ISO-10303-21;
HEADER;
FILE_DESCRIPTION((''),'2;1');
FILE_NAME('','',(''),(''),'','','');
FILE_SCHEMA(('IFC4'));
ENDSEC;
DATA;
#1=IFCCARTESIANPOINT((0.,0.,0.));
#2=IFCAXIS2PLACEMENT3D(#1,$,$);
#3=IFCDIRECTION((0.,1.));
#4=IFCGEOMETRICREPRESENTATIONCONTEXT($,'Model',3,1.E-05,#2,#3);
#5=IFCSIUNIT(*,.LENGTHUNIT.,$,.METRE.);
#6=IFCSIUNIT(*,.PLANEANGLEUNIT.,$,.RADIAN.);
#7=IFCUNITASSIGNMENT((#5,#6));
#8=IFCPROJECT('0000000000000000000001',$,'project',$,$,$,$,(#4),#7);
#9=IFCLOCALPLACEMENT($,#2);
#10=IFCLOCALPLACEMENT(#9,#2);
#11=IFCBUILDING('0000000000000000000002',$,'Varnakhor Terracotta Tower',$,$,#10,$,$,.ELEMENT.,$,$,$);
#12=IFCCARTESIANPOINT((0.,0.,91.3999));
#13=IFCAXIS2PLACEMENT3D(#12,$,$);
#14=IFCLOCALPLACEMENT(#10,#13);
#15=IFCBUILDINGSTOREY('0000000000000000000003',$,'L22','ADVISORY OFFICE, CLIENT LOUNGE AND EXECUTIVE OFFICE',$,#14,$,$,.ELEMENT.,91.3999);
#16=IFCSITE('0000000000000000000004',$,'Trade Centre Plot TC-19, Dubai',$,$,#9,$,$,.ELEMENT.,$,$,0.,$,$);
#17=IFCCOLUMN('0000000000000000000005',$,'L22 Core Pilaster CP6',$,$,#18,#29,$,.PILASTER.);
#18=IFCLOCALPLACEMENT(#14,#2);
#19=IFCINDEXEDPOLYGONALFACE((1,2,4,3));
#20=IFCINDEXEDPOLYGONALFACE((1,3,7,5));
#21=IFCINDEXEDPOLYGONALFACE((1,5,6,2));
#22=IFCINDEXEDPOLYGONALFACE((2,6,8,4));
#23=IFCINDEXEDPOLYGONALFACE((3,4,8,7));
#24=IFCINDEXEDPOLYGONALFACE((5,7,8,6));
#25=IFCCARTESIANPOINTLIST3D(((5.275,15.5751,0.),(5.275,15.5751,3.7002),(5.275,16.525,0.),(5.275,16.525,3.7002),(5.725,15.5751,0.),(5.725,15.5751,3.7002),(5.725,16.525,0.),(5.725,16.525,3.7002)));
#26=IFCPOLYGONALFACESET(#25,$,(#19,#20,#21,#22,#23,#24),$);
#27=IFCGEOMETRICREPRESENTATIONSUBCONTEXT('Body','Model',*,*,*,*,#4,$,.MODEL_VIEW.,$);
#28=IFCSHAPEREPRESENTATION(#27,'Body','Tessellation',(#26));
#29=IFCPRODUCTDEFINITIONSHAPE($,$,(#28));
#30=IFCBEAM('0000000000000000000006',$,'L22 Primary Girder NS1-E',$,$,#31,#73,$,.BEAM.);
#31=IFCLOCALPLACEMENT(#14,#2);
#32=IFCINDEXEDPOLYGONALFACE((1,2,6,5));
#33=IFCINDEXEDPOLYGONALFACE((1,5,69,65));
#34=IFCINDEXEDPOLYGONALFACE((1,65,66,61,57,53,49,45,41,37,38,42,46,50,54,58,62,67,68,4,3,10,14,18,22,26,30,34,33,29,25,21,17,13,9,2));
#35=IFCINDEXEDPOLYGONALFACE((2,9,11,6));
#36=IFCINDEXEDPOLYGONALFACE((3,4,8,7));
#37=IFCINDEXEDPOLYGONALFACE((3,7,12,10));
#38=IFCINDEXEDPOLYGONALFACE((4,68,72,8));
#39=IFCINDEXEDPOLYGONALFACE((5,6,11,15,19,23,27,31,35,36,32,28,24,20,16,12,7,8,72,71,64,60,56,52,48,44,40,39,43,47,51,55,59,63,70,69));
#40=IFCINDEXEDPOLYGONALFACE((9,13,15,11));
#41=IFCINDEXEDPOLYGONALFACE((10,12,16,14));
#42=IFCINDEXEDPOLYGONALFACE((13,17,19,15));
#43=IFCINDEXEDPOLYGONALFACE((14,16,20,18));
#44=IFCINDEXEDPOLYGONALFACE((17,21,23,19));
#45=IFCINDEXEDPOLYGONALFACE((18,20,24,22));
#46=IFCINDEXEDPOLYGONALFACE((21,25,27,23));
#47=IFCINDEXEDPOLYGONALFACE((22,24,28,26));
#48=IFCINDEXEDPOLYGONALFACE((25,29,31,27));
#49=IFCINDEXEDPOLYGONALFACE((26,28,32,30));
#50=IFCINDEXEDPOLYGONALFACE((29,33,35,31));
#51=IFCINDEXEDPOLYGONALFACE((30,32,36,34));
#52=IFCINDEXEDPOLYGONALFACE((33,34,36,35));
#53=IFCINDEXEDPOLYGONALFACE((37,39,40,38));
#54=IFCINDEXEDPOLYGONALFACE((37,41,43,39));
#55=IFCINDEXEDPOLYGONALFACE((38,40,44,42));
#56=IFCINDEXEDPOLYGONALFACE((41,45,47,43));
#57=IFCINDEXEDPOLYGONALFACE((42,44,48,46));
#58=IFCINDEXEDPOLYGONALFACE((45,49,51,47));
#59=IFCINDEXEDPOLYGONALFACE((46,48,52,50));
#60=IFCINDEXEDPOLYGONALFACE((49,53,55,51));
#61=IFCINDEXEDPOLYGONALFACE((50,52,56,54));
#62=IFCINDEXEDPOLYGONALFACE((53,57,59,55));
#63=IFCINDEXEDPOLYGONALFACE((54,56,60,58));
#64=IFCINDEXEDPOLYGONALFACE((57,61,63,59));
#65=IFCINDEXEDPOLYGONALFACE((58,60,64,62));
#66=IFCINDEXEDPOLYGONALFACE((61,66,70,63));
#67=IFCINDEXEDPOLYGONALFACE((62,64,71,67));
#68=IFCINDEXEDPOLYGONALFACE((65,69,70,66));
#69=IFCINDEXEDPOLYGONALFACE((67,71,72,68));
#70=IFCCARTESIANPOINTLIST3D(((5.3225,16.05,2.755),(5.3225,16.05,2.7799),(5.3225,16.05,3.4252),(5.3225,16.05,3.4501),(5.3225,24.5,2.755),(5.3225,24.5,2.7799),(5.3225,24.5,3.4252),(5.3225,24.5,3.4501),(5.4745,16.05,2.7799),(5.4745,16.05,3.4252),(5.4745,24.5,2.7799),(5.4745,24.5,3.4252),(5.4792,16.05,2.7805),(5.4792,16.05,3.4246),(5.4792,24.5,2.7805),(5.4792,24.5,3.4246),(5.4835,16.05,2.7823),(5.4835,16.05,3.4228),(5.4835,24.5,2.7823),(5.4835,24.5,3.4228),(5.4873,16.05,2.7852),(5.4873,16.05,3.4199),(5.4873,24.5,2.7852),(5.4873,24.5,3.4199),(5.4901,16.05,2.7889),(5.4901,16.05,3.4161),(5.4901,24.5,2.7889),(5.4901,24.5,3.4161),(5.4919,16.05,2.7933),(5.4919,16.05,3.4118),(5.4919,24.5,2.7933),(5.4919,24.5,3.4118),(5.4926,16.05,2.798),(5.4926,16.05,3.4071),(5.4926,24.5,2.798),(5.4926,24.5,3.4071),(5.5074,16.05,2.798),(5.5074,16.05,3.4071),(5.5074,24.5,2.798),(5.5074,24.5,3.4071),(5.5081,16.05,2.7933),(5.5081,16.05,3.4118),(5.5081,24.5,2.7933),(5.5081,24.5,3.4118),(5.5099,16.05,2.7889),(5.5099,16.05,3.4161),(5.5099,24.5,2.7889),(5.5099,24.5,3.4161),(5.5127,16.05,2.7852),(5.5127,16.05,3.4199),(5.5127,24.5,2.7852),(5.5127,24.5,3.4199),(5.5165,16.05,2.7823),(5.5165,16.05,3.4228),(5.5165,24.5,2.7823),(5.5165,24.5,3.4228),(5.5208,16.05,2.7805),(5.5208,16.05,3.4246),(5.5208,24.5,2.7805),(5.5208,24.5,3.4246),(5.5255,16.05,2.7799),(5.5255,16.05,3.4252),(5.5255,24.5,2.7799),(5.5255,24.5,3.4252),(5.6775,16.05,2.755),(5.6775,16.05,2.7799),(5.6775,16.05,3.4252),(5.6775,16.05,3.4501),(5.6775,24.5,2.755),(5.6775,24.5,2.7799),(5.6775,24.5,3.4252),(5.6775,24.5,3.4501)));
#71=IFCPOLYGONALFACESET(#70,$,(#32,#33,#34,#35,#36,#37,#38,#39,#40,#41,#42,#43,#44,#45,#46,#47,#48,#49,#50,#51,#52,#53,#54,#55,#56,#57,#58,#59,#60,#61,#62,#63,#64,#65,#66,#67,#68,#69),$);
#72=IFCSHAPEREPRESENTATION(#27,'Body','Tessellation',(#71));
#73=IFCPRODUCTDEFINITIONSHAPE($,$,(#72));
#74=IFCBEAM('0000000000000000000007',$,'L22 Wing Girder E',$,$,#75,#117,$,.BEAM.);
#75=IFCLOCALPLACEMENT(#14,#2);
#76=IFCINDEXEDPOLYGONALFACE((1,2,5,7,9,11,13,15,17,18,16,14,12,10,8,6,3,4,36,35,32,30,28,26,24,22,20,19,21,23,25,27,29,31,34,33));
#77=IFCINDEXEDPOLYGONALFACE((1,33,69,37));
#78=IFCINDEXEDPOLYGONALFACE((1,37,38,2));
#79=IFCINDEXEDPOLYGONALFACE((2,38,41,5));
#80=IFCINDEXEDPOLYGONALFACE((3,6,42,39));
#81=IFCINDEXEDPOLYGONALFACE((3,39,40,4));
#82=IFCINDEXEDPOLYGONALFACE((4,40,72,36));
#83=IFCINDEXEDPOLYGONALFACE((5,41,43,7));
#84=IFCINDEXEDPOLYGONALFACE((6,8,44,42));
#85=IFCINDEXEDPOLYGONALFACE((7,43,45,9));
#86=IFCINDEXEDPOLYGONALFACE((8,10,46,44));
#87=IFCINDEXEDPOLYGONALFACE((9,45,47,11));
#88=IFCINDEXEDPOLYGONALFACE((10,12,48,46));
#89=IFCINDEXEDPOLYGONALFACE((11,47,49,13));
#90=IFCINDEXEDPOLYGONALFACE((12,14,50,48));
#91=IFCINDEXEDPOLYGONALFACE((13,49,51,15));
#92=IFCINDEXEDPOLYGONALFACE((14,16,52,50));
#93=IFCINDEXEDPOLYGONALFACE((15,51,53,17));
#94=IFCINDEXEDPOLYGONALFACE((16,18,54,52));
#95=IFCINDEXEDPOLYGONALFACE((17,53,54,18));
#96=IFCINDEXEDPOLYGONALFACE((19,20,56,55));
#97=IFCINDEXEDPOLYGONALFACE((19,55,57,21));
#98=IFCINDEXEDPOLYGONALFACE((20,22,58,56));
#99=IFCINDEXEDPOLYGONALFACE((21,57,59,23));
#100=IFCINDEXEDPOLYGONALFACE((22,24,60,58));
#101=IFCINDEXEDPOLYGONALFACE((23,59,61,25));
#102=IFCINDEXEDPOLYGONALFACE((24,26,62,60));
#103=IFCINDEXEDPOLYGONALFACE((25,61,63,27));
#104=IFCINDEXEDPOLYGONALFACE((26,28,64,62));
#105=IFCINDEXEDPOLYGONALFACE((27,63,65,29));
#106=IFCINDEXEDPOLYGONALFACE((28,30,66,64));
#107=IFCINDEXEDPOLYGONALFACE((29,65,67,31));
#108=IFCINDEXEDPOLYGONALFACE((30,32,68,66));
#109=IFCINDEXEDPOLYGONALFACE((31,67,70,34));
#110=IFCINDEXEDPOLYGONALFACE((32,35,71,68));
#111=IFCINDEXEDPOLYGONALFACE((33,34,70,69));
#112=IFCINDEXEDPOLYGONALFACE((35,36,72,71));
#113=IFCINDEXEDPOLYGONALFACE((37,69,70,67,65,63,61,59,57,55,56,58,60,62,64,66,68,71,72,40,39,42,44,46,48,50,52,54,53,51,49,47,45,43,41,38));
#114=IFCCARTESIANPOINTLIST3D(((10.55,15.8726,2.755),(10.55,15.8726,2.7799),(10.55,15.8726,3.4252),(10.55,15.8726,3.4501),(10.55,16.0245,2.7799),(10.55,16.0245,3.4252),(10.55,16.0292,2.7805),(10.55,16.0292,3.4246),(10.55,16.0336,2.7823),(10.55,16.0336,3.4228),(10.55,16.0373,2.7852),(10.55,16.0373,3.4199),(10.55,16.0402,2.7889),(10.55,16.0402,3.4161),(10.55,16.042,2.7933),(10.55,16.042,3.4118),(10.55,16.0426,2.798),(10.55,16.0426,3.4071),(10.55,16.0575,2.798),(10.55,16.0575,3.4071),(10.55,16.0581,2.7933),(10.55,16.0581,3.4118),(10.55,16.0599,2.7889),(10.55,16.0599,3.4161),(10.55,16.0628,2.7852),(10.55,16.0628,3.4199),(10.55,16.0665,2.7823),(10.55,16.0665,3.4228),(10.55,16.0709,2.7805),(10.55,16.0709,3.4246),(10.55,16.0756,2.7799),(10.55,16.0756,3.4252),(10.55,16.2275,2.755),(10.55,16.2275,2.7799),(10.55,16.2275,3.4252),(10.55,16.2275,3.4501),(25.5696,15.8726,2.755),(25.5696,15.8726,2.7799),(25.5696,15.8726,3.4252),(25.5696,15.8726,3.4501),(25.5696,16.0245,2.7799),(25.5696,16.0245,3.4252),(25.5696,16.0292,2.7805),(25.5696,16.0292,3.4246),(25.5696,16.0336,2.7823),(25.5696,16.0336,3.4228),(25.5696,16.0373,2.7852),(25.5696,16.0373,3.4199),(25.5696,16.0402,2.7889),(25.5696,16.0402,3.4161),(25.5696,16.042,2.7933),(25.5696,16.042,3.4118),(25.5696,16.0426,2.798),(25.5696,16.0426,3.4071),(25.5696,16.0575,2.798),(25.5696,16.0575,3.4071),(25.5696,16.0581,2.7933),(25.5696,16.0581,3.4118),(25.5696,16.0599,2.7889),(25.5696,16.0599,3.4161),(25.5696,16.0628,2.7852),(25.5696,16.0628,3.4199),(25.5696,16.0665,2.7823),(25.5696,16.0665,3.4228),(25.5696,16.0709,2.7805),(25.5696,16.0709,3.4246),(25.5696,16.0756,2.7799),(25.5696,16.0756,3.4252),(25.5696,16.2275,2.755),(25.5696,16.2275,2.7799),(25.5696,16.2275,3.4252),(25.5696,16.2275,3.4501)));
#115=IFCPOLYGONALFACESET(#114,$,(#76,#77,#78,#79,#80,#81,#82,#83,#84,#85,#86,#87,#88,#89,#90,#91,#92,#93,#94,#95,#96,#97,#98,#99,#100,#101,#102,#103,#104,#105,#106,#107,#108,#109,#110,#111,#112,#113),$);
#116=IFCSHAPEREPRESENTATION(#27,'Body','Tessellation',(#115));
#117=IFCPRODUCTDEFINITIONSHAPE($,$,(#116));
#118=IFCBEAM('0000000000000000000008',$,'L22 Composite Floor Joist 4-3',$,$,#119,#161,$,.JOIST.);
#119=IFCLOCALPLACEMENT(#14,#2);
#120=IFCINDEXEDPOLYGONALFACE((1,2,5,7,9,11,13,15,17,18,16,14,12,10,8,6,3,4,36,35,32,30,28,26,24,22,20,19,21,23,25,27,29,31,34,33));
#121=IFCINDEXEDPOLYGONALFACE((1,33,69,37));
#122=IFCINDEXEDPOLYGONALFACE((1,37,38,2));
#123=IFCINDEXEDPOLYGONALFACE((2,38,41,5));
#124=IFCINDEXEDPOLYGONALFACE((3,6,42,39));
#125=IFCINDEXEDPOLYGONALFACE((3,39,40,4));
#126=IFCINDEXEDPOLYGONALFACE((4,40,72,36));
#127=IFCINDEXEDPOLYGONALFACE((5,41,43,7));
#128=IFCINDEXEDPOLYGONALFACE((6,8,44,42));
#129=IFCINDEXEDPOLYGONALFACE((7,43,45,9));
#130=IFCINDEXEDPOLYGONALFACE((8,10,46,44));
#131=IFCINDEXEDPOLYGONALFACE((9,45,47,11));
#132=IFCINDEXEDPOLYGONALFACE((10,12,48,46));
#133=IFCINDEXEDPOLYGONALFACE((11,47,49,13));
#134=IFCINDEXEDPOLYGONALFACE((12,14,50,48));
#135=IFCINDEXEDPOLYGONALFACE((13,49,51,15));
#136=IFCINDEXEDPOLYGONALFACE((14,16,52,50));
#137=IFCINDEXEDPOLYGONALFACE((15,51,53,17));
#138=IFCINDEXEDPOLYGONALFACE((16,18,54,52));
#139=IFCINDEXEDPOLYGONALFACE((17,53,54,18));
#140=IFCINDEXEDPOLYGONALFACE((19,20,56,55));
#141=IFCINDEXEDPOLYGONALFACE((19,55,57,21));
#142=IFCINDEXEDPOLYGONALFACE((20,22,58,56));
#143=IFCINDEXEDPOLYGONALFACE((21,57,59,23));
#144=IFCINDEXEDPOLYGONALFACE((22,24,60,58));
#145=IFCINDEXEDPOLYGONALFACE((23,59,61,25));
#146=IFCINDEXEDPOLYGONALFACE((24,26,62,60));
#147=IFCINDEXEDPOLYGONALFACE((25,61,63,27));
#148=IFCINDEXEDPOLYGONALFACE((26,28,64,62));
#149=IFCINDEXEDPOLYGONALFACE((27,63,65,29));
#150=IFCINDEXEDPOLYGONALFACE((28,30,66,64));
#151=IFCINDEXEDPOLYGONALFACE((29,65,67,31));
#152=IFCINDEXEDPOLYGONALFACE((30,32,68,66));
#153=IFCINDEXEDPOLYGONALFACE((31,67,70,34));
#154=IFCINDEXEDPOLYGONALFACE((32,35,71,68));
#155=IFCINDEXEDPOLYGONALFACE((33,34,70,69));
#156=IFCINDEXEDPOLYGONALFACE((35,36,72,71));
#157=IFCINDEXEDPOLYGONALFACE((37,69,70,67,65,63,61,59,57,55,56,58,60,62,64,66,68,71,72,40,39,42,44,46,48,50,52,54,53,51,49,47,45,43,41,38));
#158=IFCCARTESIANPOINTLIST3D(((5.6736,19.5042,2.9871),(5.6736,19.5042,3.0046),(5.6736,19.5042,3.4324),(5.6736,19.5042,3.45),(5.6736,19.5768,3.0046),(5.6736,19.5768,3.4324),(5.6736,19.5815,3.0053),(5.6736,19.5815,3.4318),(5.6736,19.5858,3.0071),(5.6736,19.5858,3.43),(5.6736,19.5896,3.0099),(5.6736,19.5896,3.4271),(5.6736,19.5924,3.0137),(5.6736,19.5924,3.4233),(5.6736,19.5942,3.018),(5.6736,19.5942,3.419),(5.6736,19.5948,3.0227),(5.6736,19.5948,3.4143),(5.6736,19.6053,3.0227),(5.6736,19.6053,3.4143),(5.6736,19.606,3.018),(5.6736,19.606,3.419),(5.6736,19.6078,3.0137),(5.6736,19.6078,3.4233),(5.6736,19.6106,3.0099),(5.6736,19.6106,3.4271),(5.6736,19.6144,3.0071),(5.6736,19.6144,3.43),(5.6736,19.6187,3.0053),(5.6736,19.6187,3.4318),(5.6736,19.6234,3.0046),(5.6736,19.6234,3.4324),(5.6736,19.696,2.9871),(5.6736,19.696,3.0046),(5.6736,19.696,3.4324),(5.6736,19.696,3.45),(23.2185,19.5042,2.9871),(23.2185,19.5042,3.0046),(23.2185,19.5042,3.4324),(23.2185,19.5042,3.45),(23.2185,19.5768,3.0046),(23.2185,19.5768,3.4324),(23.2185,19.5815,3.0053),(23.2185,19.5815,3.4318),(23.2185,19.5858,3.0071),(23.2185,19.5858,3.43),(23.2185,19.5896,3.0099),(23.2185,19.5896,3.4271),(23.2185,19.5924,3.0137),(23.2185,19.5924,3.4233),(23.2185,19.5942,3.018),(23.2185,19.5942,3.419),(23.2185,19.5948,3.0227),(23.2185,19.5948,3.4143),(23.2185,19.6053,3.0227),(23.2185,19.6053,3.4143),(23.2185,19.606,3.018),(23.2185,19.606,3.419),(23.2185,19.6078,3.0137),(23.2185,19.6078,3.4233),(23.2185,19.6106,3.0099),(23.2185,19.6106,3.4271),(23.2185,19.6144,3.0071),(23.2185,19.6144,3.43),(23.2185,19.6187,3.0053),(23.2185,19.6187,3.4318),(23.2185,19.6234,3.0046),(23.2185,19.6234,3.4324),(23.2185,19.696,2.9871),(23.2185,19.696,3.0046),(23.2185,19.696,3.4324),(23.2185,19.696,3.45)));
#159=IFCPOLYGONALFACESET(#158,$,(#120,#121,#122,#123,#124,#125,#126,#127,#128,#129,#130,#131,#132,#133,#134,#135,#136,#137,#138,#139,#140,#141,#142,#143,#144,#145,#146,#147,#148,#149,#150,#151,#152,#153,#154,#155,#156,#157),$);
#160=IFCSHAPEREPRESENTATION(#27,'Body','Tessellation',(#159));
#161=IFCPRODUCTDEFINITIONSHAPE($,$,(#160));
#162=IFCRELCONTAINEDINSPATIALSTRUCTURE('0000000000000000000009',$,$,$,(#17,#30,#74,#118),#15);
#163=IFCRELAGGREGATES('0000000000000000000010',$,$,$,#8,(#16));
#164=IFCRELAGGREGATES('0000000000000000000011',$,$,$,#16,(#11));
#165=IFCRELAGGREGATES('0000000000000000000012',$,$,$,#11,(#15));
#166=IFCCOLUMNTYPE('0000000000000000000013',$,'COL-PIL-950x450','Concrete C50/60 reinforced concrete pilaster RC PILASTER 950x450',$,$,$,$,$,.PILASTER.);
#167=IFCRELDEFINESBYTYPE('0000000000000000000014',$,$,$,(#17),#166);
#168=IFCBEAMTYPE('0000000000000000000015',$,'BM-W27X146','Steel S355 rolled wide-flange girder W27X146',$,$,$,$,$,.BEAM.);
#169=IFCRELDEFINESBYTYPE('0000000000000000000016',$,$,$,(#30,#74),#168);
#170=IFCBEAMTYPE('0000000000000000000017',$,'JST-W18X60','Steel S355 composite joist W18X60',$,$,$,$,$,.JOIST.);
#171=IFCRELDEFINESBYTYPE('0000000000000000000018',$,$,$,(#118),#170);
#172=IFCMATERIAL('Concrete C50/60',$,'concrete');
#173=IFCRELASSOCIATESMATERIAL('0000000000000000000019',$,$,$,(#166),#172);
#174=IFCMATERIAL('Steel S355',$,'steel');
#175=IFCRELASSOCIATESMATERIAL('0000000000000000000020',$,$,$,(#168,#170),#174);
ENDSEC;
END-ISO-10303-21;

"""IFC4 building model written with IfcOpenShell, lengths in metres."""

from ifc_helpers import new_model, si_unit, direction, frame, origin, origin_2d, place, context, subcontext, project, spatial, rectangle, i_section, extrude, source, transform, mapped, material, material_profile, profile_set, type_object, type_shapes, element, save


model = new_model("IFC4")

# Units and contexts
model_context = context("Model", 3, precision=1e-05, world=origin(), true_north=direction((0.0, 1.0)))
body_context = subcontext(model_context, "Body", "Model", "MODEL_VIEW")
ifc_project = project(units=[si_unit("LENGTHUNIT", "METRE"), si_unit("PLANEANGLEUNIT", "RADIAN")], contexts=[model_context])

# Site, building, storey
site_placement = place(None, origin())
site = spatial("IfcSite", under=ifc_project, at=site_placement, Name="Trade Centre Plot TC-19, Dubai", CompositionType="ELEMENT", RefElevation=0.0)
building_placement = place(site_placement, origin())
building = spatial("IfcBuilding", under=site, at=building_placement, Name="Varnakhor Terracotta Tower", CompositionType="ELEMENT")
storey_placement = place(building_placement, frame((0.0, 0.0, 91.3999)))
storey = spatial("IfcBuildingStorey", under=building, at=storey_placement, Name="L22", Description="ADVISORY OFFICE, CLIENT LOUNGE AND EXECUTIVE OFFICE", CompositionType="ELEMENT", Elevation=91.3999)

# Column
ifc_material_1 = material(Name="Concrete C50/60", Category="concrete")
ifc_material_profile_1 = material_profile(ifc_material_1, rectangle(XDim=0.45, YDim=0.95, at=origin_2d()), Name="RC PILASTER 950x450")
ifc_profile_set_1 = profile_set([ifc_material_profile_1], Name="Concrete C50/60")
column_type = type_object("IfcColumnType", Name="COL-PIL-950x450", Description="Concrete C50/60 reinforced concrete pilaster RC PILASTER 950x450", PredefinedType="PILASTER", material=ifc_profile_set_1)
shared_shape_1 = source(origin(), body_context, "Body", "SweptSolid", [
    extrude(rectangle(XDim=0.45, YDim=0.95, at=origin_2d()), origin(), (0.0, 0.0, 1.0), 3.7002),
])
column_placement = place(storey_placement, frame((5.5, 16.05, 0.0), z_axis=(0.0, 0.0, 1.0), x_axis=(1.0, 0.0, 0.0)))
element("IfcColumn", 1, at=column_placement, inside=storey, type_object=column_type, Name="L22 Core Pilaster CP6", PredefinedType="PILASTER", context=body_context, shape_type="MappedRepresentation", body=[
    mapped(shared_shape_1, transform((0.0, 0.0, 0.0), scale=1.0)),
])

# Beams
ifc_material_2 = material(Name="Steel S355", Category="steel")
ifc_material_profile_2 = material_profile(ifc_material_2, i_section(OverallWidth=0.355, OverallDepth=0.6951, WebThickness=0.0149, FlangeThickness=0.0249, FilletRadius=0.0181, at=origin_2d()), Name="W27X146")
ifc_profile_set_2 = profile_set([ifc_material_profile_2], Name="Steel S355")
beam_type_1 = type_object("IfcBeamType", Name="BM-W27X146", Description="Steel S355 rolled wide-flange girder W27X146", PredefinedType="BEAM", material=ifc_profile_set_2)
shared_shape_2 = source(origin(), body_context, "Body", "SweptSolid", [
    extrude(i_section(OverallWidth=0.355, OverallDepth=0.6951, WebThickness=0.0149, FlangeThickness=0.0249, FilletRadius=0.0181, at=origin_2d()), origin(), (0.0, 0.0, 1.0), 8.45),
])
type_shapes(beam_type_1, [shared_shape_2])
beam_1_placement = place(storey_placement, frame((5.5, 16.05, 3.1025), z_axis=(0.0, 1.0, 0.0), x_axis=(-1.0, 0.0, 0.0)))
element("IfcBeam", 2, at=beam_1_placement, inside=storey, type_object=beam_type_1, Name="L22 Primary Girder NS1-E", PredefinedType="BEAM", context=body_context, shape_type="MappedRepresentation", body=[
    mapped(shared_shape_2, transform((0.0, 0.0, 0.0), scale=1.0)),
])
shared_shape_3 = source(origin(), body_context, "Body", "SweptSolid", [
    extrude(i_section(OverallWidth=0.355, OverallDepth=0.6951, WebThickness=0.0149, FlangeThickness=0.0249, FilletRadius=0.0181, at=origin_2d()), origin(), (0.0, 0.0, 1.0), 15.0195),
])
beam_2_placement = place(storey_placement, frame((10.55, 16.05, 3.1025), z_axis=(1.0, 0.0, 0.0), x_axis=(0.0, 1.0, 0.0)))
element("IfcBeam", 3, at=beam_2_placement, inside=storey, type_object=beam_type_1, Name="L22 Wing Girder E", PredefinedType="BEAM", context=body_context, shape_type="MappedRepresentation", body=[
    mapped(shared_shape_3, transform((0.0, 0.0, 0.0), scale=1.0)),
])
ifc_material_profile_3 = material_profile(ifc_material_2, i_section(OverallWidth=0.1919, OverallDepth=0.4629, WebThickness=0.0105, FlangeThickness=0.0176, FilletRadius=0.0181, at=origin_2d()), Name="W18X60")
ifc_profile_set_3 = profile_set([ifc_material_profile_3], Name="Steel S355")
beam_type_2 = type_object("IfcBeamType", Name="JST-W18X60", Description="Steel S355 composite joist W18X60", PredefinedType="JOIST", material=ifc_profile_set_3)
shared_shape_4 = source(origin(), body_context, "Body", "SweptSolid", [
    extrude(i_section(OverallWidth=0.1919, OverallDepth=0.4629, WebThickness=0.0105, FlangeThickness=0.0176, FilletRadius=0.0181, at=origin_2d()), origin(), (0.0, 0.0, 1.0), 17.5449),
])
beam_3_placement = place(storey_placement, frame((5.6736, 19.6001, 3.2185), z_axis=(1.0, 0.0, 0.0), x_axis=(0.0, 1.0, 0.0)))
element("IfcBeam", 4, at=beam_3_placement, inside=storey, type_object=beam_type_2, Name="L22 Composite Floor Joist 4-3", PredefinedType="JOIST", context=body_context, shape_type="MappedRepresentation", body=[
    mapped(shared_shape_4, transform((0.0, 0.0, 0.0), scale=1.0)),
])

save(model, "model.ifc")
